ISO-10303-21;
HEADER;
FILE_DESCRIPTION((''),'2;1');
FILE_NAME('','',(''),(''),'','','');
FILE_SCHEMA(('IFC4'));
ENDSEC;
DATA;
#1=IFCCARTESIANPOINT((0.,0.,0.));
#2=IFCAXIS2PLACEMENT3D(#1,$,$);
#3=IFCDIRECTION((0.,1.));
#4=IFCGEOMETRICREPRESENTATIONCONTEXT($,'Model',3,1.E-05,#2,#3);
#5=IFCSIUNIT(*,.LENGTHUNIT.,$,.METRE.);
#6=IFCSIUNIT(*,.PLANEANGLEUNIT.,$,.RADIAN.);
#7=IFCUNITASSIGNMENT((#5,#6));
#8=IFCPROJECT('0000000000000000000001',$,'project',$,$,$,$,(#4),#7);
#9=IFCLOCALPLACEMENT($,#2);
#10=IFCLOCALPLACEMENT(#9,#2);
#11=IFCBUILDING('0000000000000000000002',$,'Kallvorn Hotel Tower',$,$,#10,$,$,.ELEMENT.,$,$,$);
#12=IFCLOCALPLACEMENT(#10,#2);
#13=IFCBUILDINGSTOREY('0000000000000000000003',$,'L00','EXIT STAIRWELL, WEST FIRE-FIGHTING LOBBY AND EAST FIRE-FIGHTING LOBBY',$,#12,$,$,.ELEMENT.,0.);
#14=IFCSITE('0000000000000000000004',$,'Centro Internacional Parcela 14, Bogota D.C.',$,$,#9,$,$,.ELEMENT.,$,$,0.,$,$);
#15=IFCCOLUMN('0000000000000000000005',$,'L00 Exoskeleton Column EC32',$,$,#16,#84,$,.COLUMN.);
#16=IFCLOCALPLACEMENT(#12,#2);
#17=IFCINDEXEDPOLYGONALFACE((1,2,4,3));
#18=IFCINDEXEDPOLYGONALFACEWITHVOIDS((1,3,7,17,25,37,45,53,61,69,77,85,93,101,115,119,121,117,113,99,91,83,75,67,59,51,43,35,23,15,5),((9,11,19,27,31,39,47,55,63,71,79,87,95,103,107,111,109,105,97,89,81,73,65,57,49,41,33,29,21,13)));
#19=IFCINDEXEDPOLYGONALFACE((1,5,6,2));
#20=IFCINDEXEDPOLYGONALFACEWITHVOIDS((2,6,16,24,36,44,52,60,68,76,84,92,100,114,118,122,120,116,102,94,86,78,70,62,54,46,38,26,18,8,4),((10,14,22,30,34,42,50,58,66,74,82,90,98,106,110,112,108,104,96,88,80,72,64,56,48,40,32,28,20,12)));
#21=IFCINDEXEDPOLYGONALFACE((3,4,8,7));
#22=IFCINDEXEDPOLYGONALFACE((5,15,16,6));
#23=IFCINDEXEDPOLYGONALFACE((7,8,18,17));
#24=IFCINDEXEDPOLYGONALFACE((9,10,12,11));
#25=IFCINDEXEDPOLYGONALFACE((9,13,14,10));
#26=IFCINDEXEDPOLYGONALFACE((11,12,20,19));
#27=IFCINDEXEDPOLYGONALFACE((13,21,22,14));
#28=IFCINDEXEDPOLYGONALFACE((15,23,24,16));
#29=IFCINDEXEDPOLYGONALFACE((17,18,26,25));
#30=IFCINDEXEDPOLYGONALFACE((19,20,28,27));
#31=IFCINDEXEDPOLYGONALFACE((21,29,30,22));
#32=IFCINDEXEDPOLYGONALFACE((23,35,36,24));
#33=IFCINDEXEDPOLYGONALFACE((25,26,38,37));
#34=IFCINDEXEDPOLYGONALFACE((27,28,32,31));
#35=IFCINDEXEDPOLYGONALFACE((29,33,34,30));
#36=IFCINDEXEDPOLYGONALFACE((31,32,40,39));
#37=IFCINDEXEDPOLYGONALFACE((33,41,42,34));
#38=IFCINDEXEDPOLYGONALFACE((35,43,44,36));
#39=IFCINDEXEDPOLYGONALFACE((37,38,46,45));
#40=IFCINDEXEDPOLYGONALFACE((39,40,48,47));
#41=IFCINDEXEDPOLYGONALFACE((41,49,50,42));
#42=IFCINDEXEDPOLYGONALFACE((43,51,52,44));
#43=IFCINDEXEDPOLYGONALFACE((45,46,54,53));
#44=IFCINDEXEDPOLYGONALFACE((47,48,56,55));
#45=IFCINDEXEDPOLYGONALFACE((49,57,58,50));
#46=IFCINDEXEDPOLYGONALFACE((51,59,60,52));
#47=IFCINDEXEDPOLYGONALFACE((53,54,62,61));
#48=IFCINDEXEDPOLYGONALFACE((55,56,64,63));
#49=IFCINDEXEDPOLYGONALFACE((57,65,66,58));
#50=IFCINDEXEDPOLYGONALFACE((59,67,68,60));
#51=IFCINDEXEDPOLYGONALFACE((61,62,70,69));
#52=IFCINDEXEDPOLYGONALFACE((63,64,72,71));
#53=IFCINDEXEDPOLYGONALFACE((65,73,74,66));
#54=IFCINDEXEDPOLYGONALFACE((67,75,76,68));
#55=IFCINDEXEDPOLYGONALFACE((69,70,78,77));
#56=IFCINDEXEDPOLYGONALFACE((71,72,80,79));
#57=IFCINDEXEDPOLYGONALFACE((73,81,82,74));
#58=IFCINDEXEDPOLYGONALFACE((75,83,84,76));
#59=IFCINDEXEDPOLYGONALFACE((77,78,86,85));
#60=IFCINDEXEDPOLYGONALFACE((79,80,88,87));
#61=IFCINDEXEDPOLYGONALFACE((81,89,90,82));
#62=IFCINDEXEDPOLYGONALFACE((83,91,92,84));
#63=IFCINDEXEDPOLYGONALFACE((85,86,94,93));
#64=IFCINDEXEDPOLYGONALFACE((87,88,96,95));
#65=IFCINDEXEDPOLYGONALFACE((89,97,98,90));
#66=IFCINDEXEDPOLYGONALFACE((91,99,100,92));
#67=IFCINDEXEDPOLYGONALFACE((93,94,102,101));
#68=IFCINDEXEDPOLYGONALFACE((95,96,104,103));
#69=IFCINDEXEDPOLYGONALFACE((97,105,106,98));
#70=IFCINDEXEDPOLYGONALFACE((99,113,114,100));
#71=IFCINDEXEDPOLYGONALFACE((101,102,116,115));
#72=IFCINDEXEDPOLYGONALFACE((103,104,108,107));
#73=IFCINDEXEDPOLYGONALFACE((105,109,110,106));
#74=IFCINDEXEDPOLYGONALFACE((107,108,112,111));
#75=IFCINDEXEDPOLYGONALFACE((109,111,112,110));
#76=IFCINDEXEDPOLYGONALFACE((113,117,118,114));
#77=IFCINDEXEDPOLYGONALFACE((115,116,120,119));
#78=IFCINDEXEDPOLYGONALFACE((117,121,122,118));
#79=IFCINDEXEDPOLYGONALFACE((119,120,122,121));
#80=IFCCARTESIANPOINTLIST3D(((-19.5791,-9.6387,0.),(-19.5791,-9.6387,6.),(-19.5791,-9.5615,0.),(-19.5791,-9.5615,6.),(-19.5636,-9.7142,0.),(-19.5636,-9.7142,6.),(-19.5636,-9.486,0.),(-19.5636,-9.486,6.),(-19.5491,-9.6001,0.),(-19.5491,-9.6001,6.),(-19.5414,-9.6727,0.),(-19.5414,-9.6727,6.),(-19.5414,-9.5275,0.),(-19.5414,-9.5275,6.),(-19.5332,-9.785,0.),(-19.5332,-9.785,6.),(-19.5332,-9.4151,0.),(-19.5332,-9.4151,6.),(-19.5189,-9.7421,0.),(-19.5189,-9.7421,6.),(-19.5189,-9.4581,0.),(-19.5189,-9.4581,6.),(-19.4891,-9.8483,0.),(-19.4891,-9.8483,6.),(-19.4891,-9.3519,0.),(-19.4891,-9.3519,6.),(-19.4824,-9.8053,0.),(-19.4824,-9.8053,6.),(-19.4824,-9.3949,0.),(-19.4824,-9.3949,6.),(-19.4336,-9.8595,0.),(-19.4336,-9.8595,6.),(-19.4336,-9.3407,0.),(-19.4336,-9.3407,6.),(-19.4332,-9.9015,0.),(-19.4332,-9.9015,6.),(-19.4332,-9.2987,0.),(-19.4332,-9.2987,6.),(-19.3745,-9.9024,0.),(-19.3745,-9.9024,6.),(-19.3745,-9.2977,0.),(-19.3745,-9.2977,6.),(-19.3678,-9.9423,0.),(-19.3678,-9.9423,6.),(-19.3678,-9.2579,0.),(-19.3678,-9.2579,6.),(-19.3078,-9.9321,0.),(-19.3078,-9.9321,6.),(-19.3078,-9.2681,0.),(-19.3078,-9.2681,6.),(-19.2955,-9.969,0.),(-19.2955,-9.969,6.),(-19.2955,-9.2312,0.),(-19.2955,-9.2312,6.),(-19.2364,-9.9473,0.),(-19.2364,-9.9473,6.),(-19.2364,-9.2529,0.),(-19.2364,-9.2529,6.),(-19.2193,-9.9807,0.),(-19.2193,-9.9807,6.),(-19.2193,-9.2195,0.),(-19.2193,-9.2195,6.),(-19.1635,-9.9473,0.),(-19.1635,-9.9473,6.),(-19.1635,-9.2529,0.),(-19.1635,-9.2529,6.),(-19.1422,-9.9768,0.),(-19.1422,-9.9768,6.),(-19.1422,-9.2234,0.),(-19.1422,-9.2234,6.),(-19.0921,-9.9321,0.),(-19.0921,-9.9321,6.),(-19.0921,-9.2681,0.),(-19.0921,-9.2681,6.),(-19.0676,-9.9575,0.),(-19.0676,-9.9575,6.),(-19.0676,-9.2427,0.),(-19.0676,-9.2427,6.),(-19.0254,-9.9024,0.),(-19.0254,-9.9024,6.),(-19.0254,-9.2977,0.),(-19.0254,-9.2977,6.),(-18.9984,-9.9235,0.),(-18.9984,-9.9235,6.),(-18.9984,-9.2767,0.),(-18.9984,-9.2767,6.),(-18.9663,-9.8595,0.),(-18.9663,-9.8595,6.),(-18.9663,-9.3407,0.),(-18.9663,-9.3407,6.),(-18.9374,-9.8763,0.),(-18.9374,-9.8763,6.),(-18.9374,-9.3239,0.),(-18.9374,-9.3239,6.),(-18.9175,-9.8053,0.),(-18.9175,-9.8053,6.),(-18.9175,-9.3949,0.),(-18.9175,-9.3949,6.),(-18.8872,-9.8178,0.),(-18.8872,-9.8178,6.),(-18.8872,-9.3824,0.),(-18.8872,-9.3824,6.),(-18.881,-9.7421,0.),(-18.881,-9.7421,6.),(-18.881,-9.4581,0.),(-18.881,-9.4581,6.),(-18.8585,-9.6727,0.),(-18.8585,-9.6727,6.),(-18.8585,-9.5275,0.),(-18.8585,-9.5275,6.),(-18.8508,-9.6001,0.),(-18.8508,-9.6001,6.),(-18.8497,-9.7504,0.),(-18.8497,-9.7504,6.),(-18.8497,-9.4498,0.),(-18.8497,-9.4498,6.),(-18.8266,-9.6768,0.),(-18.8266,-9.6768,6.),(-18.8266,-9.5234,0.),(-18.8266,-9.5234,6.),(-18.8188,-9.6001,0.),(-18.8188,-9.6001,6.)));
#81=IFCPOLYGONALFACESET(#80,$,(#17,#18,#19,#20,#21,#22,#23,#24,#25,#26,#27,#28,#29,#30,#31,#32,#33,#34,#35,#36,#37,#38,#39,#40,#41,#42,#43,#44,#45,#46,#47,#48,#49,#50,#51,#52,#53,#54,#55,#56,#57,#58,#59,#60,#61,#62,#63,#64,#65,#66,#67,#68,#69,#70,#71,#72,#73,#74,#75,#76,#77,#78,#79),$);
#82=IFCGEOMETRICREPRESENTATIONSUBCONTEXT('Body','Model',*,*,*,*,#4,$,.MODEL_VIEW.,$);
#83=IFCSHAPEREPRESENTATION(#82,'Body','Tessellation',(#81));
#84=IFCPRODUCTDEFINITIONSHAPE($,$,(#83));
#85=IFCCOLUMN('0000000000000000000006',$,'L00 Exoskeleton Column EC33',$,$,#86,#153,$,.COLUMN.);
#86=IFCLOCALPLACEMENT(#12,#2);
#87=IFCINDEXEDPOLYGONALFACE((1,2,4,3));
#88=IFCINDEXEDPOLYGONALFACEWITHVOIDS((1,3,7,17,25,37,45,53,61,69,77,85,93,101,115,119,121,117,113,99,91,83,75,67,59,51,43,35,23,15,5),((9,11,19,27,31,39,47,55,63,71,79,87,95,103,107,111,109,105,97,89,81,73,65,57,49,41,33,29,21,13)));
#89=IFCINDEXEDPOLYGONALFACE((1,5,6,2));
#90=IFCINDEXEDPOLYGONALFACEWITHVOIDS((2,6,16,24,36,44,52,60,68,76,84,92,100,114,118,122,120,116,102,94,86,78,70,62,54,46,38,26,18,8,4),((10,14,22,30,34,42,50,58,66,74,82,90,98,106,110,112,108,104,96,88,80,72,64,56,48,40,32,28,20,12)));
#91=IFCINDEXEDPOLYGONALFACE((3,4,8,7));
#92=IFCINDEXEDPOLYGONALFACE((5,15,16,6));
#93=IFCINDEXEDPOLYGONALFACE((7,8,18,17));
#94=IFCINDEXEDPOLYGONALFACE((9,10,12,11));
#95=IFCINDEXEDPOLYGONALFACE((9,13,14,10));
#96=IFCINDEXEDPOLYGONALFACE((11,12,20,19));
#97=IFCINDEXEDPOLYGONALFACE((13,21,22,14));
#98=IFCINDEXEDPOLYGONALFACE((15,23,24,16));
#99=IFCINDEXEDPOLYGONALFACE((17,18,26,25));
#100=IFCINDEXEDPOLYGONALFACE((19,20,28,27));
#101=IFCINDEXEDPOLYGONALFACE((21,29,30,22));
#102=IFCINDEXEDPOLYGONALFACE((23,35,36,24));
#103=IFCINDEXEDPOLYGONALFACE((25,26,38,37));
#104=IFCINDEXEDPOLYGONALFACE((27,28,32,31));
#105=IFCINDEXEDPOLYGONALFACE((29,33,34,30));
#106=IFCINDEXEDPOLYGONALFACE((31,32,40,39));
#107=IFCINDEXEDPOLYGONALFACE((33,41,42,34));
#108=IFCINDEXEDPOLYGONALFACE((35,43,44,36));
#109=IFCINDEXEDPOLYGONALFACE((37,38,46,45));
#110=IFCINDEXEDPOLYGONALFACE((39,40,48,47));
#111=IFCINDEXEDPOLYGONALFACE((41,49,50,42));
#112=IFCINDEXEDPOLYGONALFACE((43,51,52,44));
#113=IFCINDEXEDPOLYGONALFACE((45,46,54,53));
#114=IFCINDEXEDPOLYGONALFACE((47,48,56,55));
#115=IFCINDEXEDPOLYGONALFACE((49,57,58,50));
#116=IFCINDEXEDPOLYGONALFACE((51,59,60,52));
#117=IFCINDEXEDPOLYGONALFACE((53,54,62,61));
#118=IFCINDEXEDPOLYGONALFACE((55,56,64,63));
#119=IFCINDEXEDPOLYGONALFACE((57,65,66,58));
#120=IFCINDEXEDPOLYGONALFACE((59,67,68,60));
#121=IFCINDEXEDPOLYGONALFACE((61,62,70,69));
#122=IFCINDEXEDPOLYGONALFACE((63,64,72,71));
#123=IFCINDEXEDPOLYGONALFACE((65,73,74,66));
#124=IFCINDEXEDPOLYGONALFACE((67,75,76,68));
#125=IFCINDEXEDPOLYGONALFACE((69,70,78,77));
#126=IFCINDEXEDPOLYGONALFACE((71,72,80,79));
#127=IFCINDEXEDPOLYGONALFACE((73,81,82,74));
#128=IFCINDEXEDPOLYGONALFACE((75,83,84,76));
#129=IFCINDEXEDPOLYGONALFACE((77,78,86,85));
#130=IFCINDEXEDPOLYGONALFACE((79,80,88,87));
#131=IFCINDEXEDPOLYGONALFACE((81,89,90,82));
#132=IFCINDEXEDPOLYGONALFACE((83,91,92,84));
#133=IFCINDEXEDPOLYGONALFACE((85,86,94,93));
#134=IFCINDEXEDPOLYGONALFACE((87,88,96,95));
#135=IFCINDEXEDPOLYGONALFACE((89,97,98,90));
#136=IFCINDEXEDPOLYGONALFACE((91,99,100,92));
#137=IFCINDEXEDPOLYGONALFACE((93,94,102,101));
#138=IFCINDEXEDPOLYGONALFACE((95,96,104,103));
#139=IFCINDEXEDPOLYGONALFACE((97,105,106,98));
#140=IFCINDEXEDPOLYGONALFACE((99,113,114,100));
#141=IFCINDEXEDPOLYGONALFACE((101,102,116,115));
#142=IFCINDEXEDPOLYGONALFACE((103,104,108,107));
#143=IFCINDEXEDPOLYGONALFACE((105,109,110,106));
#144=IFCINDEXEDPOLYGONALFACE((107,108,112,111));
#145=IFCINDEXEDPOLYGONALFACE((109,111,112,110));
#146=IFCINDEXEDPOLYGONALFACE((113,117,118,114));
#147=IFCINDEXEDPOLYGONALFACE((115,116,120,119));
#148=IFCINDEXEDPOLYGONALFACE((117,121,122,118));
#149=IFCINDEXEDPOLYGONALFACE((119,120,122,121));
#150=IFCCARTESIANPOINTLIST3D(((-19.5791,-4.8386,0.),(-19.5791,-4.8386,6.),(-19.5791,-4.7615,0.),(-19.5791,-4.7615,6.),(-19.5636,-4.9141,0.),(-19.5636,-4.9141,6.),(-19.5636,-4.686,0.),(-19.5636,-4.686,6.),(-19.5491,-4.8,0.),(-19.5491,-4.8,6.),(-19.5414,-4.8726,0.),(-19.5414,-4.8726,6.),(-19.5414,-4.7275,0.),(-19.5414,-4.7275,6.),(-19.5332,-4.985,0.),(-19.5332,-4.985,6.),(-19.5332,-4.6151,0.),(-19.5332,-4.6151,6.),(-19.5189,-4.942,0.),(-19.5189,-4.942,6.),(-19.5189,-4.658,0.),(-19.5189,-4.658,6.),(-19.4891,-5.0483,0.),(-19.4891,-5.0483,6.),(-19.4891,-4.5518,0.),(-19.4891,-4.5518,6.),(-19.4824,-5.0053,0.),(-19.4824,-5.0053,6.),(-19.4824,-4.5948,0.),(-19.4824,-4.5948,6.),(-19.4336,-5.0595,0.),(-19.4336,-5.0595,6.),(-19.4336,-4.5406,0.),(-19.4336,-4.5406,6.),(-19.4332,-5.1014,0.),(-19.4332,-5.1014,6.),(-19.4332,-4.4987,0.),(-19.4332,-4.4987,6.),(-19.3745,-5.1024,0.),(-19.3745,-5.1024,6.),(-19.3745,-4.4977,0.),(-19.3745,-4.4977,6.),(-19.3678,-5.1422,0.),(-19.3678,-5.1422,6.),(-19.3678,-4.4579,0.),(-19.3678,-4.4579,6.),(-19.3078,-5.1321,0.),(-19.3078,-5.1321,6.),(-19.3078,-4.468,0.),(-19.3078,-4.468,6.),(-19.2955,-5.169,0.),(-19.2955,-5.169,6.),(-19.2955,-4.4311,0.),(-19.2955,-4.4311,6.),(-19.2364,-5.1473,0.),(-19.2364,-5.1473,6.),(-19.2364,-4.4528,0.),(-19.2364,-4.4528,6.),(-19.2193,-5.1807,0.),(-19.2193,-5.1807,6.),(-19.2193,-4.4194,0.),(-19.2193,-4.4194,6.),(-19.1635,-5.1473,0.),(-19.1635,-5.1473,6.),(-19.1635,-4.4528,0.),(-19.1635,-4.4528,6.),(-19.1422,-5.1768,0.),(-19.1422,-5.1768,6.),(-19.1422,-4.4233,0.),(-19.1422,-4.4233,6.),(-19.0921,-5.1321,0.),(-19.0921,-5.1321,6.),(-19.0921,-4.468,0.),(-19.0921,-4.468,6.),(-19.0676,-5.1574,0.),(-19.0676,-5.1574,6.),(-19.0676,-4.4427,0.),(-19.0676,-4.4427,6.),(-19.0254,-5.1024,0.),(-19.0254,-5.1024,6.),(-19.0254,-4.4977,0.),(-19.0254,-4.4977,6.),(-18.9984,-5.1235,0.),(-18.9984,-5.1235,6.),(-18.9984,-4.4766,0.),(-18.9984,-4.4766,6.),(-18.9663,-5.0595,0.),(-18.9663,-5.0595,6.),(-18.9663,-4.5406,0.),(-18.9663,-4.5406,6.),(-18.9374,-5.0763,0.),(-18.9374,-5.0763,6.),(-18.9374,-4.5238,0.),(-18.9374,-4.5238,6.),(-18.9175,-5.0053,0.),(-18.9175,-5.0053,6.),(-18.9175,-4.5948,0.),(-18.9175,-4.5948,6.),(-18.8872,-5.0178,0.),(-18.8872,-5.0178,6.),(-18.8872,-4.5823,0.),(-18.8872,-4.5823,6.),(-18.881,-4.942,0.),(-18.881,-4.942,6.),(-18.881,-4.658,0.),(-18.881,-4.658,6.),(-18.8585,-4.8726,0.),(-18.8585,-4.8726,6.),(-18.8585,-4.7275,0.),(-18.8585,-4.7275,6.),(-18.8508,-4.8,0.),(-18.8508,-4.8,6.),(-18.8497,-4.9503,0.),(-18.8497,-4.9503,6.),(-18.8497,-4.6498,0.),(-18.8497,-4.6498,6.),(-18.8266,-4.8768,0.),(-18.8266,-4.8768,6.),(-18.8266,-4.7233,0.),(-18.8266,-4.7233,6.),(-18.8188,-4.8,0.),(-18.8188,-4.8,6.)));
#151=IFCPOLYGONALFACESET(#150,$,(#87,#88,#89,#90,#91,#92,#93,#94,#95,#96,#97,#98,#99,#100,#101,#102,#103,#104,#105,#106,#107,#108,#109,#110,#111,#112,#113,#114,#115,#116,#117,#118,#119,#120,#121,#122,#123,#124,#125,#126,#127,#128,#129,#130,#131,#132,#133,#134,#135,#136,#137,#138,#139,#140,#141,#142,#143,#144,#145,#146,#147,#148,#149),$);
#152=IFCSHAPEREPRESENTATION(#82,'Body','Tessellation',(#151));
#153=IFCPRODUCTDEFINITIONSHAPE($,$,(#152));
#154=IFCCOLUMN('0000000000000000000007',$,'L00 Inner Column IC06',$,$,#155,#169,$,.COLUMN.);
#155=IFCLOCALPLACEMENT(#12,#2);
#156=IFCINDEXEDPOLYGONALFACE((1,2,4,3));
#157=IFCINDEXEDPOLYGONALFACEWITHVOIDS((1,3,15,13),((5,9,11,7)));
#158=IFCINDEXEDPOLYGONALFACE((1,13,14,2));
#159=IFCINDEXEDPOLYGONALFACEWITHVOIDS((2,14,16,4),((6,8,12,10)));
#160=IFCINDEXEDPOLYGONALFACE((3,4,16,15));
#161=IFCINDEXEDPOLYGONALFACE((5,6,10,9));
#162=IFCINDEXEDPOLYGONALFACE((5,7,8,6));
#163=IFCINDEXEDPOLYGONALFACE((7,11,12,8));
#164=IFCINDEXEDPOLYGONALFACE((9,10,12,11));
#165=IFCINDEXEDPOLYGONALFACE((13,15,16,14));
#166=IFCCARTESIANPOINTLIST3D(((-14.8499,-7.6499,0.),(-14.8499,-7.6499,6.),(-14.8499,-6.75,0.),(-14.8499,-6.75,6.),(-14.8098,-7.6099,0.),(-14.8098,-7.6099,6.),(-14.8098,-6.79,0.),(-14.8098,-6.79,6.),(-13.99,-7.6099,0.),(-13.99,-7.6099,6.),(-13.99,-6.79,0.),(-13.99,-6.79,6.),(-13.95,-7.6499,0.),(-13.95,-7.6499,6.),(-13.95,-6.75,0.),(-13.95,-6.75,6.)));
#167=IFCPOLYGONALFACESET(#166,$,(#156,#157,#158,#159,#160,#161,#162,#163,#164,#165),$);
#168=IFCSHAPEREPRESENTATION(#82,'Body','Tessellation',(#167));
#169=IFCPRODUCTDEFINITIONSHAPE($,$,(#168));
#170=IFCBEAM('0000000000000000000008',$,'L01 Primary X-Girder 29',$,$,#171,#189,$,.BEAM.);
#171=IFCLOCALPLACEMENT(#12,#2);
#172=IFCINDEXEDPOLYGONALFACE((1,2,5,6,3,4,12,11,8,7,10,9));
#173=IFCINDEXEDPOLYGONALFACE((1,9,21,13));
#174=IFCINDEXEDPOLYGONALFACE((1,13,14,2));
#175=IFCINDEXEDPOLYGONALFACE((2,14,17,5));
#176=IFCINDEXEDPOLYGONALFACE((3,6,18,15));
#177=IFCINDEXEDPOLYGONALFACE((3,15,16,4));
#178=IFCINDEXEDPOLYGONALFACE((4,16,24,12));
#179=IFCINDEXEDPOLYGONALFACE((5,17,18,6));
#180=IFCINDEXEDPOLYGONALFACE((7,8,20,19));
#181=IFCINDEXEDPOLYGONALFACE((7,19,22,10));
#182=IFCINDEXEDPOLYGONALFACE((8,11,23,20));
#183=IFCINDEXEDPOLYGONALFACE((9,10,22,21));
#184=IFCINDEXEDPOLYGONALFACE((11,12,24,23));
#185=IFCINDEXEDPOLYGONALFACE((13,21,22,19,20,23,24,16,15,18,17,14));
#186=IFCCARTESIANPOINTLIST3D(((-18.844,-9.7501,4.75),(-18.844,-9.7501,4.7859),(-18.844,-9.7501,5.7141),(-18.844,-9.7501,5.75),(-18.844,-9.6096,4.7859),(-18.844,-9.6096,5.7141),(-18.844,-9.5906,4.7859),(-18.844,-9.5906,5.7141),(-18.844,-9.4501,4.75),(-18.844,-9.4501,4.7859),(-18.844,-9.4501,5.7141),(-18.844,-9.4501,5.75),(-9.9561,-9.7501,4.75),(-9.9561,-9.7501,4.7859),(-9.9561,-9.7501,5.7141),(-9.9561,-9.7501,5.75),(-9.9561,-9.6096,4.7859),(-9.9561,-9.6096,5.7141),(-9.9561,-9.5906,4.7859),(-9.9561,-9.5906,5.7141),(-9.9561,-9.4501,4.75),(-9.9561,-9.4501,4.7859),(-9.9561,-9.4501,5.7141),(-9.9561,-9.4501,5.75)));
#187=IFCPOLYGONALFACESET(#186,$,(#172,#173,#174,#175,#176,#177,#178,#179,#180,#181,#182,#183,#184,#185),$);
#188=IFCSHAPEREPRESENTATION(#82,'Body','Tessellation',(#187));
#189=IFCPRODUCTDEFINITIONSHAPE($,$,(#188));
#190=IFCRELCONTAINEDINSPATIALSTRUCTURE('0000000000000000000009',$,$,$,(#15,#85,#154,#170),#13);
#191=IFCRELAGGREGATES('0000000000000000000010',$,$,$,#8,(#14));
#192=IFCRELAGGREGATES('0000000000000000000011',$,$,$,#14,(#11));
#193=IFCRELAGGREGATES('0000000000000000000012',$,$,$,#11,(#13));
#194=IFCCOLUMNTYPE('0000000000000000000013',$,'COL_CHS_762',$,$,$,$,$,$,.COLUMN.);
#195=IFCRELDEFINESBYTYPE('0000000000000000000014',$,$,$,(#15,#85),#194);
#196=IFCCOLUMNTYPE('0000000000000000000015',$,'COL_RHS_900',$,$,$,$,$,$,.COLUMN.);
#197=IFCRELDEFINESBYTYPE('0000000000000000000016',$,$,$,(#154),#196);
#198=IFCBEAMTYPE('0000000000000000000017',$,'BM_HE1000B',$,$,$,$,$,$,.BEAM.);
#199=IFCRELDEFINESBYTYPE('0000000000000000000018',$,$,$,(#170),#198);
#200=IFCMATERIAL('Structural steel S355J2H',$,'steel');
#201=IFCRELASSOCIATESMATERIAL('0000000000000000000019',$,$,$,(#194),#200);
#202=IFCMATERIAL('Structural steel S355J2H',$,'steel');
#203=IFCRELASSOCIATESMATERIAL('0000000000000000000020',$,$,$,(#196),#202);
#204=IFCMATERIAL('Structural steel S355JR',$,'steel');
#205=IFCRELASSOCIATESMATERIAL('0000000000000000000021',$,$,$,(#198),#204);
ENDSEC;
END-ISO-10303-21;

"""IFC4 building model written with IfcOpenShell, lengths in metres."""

from ifc_helpers import new_model, si_unit, direction, frame, origin, origin_2d, place, context, subcontext, project, spatial, hollow_rectangle, hollow_circle, i_section, extrude, material, material_profile, profile_set, type_object, element, save


model = new_model("IFC4")

# Units and contexts
model_context = context("Model", 3, precision=1e-05, world=origin(), true_north=direction((0.0, 1.0)))
body_context = subcontext(model_context, "Body", "Model", "MODEL_VIEW")
ifc_project = project(units=[si_unit("LENGTHUNIT", "METRE"), si_unit("PLANEANGLEUNIT", "RADIAN")], contexts=[model_context])

# Site, building, storey
site_placement = place(None, origin())
site = spatial("IfcSite", under=ifc_project, at=site_placement, Name="Centro Internacional Parcela 14, Bogota D.C.", CompositionType="ELEMENT", RefElevation=0.0)
building_placement = place(site_placement, origin())
building = spatial("IfcBuilding", under=site, at=building_placement, Name="Kallvorn Hotel Tower", CompositionType="ELEMENT")
storey_placement = place(building_placement, origin())
storey = spatial("IfcBuildingStorey", under=building, at=storey_placement, Name="L00", Description="EXIT STAIRWELL, WEST FIRE-FIGHTING LOBBY AND EAST FIRE-FIGHTING LOBBY", CompositionType="ELEMENT", Elevation=0.0)

# Columns
ifc_material_1 = material(Name="Structural steel S355J2H", Category="steel")
ifc_material_profile_1 = material_profile(ifc_material_1, hollow_circle(Radius=0.3811, WallThickness=0.032, at=origin_2d()), Name="CHS 762x32")
ifc_profile_set_1 = profile_set([ifc_material_profile_1], Name="Structural steel S355J2H")
column_type_1 = type_object("IfcColumnType", Name="COL_CHS_762", PredefinedType="COLUMN", material=ifc_profile_set_1)
for number, where, z_axis, x_axis, name in (
    (1, (-19.2, -9.6001, 0.0), (0.0, 0.0, 1.0), (1.0, 0.0, 0.0), "L00 Exoskeleton Column EC32"),
    (2, (-19.2, -4.8, 0.0), (0.0, 0.0, 1.0), (1.0, 0.0, 0.0), "L00 Exoskeleton Column EC33"),
):
    element("IfcColumn", number, at=place(storey_placement, frame(where, z_axis=z_axis, x_axis=x_axis)), inside=storey, type_object=column_type_1, Name=name, PredefinedType="COLUMN", context=body_context, shape_type="SweptSolid", body=[
        extrude(hollow_circle(Radius=0.3811, WallThickness=0.032, at=origin_2d()), origin(), (0.0, 0.0, 1.0), 6.0),
    ])
ifc_material_2 = material(Name="Structural steel S355J2H", Category="steel")
ifc_material_profile_2 = material_profile(ifc_material_2, hollow_rectangle(XDim=0.8999, YDim=0.8999, WallThickness=0.04, at=origin_2d()), Name="RHS 900x900x40")
ifc_profile_set_2 = profile_set([ifc_material_profile_2], Name="Structural steel S355J2H")
column_type_2 = type_object("IfcColumnType", Name="COL_RHS_900", PredefinedType="COLUMN", material=ifc_profile_set_2)
column_placement = place(storey_placement, frame((-14.3999, -7.2, 0.0), z_axis=(0.0, 0.0, 1.0), x_axis=(1.0, 0.0, 0.0)))
element("IfcColumn", 3, at=column_placement, inside=storey, type_object=column_type_2, Name="L00 Inner Column IC06", PredefinedType="COLUMN", context=body_context, shape_type="SweptSolid", body=[
    extrude(hollow_rectangle(XDim=0.8999, YDim=0.8999, WallThickness=0.04, at=origin_2d()), origin(), (0.0, 0.0, 1.0), 6.0),
])

# Beam
ifc_material_3 = material(Name="Structural steel S355JR", Category="steel")
ifc_material_profile_3 = material_profile(ifc_material_3, i_section(OverallWidth=0.3, OverallDepth=1.0, WebThickness=0.019, FlangeThickness=0.0359, at=origin_2d()), Name="HE 1000 B")
ifc_profile_set_3 = profile_set([ifc_material_profile_3], Name="Structural steel S355JR")
beam_type_1 = type_object("IfcBeamType", Name="BM_HE1000B", PredefinedType="BEAM", material=ifc_profile_set_3)
beam_1_placement = place(storey_placement, frame((-18.844, -9.6001, 5.25), z_axis=(1.0, 0.0, 0.0), x_axis=(0.0, 1.0, 0.0)))
element("IfcBeam", 4, at=beam_1_placement, inside=storey, type_object=beam_type_1, Name="L01 Primary X-Girder 29", PredefinedType="BEAM", context=body_context, shape_type="SweptSolid", body=[
    extrude(i_section(OverallWidth=0.3, OverallDepth=1.0, WebThickness=0.019, FlangeThickness=0.0359, at=origin_2d()), origin(), (0.0, 0.0, 1.0), 8.8879),
])

save(model, "model.ifc")
